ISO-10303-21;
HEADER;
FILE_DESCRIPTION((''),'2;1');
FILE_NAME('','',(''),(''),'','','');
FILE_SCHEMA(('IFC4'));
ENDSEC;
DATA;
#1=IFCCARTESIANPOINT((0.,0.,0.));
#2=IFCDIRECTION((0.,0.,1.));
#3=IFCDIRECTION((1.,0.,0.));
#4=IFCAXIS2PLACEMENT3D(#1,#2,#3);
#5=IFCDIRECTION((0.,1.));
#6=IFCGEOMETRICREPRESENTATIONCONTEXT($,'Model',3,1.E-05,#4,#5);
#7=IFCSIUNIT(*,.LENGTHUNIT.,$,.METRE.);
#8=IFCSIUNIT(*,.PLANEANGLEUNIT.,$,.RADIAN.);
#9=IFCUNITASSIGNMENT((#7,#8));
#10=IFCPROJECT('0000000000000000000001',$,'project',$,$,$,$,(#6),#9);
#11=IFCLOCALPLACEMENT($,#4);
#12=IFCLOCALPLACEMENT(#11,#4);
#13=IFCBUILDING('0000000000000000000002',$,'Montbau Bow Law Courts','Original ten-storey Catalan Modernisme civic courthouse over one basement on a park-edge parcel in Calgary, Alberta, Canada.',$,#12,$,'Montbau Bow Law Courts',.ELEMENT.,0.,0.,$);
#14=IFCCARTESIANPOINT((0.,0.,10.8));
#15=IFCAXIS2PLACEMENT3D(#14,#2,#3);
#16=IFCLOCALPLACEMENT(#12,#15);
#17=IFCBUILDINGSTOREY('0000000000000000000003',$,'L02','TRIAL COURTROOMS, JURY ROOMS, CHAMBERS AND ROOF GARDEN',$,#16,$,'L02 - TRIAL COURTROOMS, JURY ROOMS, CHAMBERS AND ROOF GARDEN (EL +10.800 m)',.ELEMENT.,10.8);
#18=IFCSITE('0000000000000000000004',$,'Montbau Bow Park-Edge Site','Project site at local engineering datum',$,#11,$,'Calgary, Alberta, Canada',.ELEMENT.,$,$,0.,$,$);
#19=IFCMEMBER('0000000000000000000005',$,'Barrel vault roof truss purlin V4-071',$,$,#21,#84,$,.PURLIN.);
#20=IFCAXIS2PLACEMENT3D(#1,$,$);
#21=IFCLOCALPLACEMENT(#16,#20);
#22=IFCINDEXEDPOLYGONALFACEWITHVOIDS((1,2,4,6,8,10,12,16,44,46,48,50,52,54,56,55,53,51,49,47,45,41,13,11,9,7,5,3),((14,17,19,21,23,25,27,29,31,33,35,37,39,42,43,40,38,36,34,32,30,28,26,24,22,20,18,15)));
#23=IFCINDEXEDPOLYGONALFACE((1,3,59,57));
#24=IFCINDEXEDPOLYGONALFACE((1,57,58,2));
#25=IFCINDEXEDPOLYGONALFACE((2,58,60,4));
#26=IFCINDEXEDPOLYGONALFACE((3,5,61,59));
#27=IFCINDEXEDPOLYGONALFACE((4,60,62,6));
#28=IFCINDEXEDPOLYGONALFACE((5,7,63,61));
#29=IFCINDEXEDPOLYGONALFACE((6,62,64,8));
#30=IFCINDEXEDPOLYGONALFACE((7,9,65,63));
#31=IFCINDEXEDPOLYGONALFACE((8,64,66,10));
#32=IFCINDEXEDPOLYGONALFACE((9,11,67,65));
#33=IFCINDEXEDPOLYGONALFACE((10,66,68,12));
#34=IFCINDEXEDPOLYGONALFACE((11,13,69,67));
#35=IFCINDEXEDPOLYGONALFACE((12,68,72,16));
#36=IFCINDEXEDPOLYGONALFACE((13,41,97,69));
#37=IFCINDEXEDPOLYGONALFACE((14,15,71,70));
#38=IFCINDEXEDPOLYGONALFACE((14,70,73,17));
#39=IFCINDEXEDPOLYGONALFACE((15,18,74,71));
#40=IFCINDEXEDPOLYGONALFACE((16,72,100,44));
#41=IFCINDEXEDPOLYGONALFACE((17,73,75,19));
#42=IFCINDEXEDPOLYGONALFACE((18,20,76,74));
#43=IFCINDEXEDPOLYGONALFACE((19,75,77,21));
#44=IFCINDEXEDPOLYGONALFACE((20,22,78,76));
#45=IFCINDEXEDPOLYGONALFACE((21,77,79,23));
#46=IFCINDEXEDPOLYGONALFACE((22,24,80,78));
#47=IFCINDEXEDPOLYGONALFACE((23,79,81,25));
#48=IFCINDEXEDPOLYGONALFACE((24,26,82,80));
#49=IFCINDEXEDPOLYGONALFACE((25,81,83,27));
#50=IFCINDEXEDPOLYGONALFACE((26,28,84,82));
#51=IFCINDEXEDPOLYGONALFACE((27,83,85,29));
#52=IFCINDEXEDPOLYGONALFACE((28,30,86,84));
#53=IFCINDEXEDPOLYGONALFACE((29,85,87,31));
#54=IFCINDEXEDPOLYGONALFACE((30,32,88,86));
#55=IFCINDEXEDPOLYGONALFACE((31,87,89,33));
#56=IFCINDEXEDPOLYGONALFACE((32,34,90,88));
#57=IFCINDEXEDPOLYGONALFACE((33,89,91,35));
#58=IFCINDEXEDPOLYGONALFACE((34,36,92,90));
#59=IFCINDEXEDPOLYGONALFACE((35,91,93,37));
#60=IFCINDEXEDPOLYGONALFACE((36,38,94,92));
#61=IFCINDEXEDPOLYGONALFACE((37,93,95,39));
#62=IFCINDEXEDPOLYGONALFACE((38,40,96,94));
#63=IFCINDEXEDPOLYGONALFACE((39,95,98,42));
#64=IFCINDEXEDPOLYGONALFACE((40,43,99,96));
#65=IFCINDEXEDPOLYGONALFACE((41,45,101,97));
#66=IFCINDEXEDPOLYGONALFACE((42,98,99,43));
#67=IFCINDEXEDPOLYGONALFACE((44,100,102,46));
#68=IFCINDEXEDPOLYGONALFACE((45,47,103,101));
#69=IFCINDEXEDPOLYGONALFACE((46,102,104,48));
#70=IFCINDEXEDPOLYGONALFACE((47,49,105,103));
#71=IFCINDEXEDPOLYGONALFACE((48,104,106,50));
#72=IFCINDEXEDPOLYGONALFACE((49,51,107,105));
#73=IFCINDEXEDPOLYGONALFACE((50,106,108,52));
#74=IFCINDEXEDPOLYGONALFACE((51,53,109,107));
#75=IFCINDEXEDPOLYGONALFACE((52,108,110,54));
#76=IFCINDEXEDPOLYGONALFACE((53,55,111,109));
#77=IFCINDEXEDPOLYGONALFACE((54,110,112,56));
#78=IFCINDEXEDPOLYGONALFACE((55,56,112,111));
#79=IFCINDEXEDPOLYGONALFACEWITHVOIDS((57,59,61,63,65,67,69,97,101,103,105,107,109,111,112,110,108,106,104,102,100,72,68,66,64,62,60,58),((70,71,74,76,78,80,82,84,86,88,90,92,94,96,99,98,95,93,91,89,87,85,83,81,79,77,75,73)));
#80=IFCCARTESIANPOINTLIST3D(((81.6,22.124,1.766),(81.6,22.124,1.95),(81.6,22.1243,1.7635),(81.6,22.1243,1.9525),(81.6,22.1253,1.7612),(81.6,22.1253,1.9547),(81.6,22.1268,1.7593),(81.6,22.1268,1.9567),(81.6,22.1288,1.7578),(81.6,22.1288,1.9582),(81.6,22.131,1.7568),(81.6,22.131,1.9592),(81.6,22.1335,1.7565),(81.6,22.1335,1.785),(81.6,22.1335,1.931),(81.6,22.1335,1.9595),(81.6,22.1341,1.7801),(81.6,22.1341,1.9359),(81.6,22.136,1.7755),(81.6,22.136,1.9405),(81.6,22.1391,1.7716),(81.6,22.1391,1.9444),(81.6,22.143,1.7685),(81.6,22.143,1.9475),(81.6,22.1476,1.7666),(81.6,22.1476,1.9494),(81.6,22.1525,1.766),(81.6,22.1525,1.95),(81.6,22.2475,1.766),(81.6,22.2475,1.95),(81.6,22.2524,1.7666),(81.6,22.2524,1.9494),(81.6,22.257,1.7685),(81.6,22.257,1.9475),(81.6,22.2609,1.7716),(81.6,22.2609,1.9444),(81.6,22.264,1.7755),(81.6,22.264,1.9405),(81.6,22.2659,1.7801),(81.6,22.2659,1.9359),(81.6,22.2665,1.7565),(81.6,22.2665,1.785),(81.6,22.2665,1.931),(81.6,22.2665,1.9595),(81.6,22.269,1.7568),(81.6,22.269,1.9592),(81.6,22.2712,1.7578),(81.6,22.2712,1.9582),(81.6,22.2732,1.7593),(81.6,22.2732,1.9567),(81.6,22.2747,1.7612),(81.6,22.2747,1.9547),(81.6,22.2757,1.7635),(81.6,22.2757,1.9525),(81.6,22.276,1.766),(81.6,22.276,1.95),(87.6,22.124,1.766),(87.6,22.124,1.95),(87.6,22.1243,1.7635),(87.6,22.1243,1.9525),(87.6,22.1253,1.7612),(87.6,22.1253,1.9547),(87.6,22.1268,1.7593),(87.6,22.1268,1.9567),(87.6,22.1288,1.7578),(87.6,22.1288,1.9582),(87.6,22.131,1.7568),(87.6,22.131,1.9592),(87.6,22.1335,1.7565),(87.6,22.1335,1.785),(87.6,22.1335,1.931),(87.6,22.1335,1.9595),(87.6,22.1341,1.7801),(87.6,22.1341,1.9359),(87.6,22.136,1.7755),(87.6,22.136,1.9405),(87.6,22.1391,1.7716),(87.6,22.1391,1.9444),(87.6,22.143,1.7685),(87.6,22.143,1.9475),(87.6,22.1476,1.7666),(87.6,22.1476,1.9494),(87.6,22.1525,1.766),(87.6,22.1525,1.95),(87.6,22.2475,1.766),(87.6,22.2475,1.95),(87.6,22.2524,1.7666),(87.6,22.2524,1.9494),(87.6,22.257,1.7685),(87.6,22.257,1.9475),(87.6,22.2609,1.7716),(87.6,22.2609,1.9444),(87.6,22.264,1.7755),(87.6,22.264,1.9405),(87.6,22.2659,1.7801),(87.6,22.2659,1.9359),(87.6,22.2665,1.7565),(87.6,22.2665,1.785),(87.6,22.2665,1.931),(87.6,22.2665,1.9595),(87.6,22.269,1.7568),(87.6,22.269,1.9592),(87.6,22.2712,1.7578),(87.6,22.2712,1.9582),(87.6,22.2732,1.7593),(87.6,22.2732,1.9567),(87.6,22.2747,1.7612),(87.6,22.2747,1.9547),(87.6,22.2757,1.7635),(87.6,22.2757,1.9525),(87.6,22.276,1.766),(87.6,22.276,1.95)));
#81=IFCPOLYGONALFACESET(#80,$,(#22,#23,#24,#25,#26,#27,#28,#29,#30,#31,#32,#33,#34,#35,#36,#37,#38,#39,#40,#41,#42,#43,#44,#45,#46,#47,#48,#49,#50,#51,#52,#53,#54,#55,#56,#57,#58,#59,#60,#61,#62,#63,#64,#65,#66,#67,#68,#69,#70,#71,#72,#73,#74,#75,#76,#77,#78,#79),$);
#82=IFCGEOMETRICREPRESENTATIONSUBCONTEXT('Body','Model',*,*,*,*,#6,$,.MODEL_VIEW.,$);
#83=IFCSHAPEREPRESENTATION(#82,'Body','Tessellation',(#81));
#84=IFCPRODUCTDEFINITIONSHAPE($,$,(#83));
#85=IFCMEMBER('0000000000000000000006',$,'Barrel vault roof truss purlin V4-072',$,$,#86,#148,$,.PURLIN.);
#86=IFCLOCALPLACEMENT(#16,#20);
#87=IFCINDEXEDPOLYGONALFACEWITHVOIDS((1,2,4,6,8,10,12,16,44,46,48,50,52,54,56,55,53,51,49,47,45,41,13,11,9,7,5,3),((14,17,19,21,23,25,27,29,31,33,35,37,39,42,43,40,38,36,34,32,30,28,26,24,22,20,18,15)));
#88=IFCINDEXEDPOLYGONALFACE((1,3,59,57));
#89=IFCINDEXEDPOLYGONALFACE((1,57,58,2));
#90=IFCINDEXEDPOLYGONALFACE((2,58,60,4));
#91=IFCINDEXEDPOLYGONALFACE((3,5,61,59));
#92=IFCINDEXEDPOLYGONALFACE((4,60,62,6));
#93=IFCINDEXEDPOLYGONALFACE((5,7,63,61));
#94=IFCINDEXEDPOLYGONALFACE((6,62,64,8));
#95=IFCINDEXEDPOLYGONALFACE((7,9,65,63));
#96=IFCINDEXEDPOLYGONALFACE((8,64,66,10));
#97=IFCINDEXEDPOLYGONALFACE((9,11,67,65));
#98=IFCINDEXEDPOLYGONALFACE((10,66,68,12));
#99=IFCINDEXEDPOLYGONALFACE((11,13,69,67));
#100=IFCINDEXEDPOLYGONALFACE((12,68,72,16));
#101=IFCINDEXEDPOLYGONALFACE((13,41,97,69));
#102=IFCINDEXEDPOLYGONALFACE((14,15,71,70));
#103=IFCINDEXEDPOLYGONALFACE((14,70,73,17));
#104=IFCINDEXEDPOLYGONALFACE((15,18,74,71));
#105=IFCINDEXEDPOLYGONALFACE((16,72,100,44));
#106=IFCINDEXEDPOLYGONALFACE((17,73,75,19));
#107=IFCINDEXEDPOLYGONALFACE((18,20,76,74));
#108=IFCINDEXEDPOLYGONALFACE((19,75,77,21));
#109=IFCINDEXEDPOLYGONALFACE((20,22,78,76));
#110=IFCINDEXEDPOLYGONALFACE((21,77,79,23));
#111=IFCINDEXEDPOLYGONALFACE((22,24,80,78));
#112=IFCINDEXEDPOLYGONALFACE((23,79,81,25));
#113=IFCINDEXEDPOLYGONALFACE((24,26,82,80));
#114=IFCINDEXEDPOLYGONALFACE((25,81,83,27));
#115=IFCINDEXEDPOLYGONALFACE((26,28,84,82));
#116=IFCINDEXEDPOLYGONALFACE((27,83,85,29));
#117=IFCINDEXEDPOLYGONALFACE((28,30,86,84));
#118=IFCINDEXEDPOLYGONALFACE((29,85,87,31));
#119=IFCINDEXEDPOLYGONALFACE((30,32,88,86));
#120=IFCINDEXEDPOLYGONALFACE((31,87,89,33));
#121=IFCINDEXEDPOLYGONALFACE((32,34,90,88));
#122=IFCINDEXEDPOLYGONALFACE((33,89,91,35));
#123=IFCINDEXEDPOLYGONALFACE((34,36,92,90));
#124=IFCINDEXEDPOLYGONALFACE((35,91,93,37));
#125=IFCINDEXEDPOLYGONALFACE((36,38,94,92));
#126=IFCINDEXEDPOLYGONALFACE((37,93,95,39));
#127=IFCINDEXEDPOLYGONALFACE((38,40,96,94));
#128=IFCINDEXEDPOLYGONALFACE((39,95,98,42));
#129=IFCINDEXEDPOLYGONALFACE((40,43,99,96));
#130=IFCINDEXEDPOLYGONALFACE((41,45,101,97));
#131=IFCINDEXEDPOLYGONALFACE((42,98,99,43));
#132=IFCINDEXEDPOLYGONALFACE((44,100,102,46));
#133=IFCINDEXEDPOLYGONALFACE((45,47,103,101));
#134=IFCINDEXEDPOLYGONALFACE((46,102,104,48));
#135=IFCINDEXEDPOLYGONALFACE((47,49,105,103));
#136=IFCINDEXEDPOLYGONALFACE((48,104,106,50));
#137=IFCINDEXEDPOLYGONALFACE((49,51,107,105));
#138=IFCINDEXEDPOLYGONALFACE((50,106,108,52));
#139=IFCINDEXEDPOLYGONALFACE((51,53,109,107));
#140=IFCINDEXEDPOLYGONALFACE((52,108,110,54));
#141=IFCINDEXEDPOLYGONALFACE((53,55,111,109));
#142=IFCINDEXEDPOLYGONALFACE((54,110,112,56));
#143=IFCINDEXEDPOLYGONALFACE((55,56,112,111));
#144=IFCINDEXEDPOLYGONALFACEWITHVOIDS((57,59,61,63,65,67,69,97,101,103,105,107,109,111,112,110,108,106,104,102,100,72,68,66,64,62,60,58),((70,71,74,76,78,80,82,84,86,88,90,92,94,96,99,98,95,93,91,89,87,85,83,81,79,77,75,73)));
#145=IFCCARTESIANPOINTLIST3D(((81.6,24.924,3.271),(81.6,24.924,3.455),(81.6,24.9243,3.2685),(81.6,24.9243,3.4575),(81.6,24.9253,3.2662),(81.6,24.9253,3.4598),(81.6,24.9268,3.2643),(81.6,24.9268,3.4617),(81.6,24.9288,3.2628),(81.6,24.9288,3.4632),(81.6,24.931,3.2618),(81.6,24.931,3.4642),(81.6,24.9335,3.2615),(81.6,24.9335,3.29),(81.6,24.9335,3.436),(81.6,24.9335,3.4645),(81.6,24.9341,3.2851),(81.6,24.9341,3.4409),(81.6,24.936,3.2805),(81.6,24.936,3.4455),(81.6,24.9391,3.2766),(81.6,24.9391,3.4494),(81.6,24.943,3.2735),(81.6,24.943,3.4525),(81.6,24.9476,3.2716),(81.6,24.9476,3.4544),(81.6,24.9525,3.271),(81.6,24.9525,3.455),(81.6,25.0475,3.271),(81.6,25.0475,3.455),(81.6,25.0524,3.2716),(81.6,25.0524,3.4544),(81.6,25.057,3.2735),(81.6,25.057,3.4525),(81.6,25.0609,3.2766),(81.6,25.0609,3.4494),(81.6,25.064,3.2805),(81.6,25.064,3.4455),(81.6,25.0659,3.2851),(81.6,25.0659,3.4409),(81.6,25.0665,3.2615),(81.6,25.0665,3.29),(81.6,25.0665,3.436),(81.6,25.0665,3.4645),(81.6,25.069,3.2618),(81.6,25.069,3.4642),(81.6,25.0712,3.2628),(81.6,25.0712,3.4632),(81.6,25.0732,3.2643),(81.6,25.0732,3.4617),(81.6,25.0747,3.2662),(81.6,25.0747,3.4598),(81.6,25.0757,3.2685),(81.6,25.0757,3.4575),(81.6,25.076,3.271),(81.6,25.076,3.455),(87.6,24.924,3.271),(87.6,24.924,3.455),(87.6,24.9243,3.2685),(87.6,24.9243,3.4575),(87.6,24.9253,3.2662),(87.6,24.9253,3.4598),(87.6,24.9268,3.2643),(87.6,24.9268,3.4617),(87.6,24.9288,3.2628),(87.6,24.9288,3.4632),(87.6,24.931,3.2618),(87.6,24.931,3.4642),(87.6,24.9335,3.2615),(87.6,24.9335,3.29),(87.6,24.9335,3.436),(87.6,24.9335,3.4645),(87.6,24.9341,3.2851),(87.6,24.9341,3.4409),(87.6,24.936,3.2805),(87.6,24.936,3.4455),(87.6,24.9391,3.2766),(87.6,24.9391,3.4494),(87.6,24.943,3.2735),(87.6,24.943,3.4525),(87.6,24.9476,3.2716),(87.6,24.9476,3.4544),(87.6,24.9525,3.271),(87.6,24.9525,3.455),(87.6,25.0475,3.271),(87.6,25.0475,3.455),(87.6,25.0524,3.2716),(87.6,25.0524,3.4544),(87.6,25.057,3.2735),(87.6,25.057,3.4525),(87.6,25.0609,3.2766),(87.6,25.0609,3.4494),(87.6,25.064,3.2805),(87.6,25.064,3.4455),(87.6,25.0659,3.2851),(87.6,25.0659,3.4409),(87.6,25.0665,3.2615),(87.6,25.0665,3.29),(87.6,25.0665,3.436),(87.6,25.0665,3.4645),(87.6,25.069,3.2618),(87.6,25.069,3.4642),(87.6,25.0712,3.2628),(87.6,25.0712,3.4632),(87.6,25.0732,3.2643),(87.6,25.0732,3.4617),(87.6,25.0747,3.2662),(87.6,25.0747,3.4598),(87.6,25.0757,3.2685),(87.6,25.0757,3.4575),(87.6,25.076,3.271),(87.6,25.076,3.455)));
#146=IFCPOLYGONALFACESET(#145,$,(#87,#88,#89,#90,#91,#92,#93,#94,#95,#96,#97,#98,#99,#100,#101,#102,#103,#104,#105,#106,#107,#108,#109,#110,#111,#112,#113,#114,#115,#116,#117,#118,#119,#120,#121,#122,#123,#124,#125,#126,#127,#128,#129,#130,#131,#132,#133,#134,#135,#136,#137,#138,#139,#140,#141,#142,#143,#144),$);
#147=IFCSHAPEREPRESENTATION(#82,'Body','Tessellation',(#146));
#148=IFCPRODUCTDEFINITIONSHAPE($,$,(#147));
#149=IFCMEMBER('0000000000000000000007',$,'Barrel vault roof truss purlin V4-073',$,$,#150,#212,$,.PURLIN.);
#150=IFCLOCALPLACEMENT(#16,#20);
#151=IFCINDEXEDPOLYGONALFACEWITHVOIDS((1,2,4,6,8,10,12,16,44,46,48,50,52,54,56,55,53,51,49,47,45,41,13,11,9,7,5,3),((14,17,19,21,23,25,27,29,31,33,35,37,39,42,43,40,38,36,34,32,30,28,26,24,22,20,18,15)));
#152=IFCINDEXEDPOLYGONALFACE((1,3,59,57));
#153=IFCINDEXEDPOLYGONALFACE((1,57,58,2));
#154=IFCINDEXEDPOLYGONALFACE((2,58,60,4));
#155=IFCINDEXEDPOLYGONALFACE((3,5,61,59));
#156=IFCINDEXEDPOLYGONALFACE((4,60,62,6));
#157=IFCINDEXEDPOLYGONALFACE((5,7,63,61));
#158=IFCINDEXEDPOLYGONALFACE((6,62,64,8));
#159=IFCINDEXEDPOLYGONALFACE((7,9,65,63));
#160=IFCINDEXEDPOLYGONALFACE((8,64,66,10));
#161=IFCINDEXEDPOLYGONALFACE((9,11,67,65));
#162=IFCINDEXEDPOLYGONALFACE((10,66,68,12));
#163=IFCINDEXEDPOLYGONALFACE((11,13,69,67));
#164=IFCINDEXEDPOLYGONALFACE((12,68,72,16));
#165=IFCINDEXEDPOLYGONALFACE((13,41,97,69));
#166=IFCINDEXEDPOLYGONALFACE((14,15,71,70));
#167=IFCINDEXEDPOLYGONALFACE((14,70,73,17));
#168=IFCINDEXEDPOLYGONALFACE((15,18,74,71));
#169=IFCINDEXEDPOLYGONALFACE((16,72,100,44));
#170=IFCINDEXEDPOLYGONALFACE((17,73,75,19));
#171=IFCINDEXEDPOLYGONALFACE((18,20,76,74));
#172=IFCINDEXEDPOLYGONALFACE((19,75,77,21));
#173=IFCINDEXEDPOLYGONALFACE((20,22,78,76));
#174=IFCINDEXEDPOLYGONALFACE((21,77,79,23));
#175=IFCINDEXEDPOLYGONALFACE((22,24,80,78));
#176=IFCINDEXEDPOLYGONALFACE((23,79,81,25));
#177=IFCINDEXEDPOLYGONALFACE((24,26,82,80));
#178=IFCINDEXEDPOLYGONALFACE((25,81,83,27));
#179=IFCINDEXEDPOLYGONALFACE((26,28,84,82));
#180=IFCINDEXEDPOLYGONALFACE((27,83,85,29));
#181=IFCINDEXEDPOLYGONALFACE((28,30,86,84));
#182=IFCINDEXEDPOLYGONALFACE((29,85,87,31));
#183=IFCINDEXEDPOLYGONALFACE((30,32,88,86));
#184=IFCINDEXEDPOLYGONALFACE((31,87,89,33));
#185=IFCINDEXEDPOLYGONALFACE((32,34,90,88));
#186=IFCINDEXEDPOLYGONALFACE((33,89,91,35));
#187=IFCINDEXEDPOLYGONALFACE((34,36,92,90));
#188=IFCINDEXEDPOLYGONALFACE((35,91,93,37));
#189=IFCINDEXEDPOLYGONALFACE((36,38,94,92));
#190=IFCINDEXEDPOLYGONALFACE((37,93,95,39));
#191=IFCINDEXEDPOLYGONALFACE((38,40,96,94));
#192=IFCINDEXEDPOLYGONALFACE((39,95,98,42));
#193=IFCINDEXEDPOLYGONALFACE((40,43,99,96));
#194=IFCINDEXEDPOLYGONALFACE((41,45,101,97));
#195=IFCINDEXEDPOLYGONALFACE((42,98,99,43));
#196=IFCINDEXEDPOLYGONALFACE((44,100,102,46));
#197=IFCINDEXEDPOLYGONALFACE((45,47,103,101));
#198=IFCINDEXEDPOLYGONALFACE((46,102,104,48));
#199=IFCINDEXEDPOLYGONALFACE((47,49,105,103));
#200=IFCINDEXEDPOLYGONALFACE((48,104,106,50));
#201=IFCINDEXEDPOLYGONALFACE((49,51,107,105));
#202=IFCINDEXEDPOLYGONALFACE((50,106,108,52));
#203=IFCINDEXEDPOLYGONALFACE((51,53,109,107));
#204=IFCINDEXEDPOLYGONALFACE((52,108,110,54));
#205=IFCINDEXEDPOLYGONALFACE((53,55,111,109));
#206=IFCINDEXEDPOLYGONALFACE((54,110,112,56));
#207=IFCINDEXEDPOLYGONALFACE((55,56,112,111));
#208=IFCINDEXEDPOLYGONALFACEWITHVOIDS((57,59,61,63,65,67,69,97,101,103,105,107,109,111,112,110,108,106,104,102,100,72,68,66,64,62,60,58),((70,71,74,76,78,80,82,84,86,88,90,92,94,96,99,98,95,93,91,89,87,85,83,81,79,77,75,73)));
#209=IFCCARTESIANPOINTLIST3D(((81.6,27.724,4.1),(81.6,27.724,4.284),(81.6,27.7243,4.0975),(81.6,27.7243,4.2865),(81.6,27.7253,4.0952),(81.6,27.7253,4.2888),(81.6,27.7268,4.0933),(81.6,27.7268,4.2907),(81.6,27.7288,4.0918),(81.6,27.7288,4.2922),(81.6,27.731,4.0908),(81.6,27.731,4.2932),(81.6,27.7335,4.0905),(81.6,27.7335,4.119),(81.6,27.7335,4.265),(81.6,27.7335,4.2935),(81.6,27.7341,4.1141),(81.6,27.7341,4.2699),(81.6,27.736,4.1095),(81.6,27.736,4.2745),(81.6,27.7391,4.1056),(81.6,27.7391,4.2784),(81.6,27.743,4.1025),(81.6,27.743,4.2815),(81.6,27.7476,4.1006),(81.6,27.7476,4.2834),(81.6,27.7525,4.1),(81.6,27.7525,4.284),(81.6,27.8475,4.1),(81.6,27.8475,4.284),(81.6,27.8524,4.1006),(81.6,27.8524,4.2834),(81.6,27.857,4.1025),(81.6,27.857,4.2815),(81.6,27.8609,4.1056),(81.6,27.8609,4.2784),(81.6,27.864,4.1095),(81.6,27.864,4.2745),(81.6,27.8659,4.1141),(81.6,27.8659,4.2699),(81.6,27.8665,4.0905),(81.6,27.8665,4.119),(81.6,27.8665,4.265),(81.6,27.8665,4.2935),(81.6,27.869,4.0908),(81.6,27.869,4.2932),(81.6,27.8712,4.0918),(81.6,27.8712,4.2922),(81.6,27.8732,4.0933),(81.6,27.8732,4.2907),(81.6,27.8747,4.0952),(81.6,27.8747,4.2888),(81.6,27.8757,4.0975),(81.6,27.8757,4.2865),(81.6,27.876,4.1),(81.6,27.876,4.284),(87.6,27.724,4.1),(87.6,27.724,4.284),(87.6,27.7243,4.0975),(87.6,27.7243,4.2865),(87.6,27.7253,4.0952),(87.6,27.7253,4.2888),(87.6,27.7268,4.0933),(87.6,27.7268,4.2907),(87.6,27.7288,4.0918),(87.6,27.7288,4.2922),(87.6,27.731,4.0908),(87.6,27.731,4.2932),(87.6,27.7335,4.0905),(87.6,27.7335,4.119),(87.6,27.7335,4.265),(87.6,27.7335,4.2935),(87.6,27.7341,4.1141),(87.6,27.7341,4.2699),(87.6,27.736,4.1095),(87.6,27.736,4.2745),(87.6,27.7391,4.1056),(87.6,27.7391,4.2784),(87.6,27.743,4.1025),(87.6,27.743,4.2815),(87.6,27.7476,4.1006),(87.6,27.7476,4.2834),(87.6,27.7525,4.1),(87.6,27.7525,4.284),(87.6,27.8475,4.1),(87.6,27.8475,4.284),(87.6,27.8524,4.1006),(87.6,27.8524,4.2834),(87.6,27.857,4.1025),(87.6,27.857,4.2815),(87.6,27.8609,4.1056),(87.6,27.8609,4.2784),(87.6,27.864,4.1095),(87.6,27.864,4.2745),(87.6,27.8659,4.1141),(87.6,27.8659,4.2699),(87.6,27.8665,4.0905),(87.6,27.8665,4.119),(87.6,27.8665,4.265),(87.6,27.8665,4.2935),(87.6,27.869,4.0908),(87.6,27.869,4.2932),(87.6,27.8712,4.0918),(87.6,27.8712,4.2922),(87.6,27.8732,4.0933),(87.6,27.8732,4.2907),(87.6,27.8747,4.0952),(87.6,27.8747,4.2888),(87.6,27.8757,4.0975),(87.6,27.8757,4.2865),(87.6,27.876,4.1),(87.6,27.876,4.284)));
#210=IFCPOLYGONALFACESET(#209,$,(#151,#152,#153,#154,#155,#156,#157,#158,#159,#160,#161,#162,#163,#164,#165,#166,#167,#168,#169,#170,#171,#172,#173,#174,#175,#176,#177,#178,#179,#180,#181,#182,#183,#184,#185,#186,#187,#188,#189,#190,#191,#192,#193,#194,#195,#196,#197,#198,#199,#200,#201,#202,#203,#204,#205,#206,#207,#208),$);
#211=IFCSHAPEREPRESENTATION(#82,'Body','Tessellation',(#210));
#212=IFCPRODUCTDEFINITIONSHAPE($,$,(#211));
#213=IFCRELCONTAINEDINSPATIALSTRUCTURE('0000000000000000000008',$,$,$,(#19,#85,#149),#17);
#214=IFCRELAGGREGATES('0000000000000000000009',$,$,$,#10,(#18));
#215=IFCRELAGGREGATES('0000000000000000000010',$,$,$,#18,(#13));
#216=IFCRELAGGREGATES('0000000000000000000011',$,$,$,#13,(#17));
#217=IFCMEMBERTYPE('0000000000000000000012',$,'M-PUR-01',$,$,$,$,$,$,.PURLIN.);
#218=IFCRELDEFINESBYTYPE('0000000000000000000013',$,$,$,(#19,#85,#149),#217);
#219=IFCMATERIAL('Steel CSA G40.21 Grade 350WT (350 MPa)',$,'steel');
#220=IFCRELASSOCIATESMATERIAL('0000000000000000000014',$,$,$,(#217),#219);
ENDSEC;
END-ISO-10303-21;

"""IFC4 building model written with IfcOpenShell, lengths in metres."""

from ifc_helpers import new_model, si_unit, direction, frame, origin_with_axes, origin_2d_with_axis, place, context, subcontext, project, spatial, hollow_rectangle, extrude, material, material_profile, profile_set, type_object, element, save


model = new_model("IFC4")

# Units and contexts
model_context = context("Model", 3, precision=1e-05, world=origin_with_axes(), true_north=direction((0.0, 1.0)))
body_context = subcontext(model_context, "Body", "Model", "MODEL_VIEW")
ifc_project = project(units=[si_unit("LENGTHUNIT", "METRE"), si_unit("PLANEANGLEUNIT", "RADIAN")], contexts=[model_context])

# Site, building, storey
site_placement = place(None, origin_with_axes())
site = spatial("IfcSite", under=ifc_project, at=site_placement, Name="Montbau Bow Park-Edge Site", Description="Project site at local engineering datum", LongName="Calgary, Alberta, Canada", CompositionType="ELEMENT", RefElevation=0.0)
building_placement = place(site_placement, origin_with_axes())
building = spatial("IfcBuilding", under=site, at=building_placement, Name="Montbau Bow Law Courts", Description="Original ten-storey Catalan Modernisme civic courthouse over one basement on a park-edge parcel in Calgary, Alberta, Canada.", LongName="Montbau Bow Law Courts", CompositionType="ELEMENT", ElevationOfRefHeight=0.0, ElevationOfTerrain=0.0)
storey_placement = place(building_placement, frame((0.0, 0.0, 10.8), z_axis=(0.0, 0.0, 1.0), x_axis=(1.0, 0.0, 0.0)))
storey = spatial("IfcBuildingStorey", under=building, at=storey_placement, Name="L02", Description="TRIAL COURTROOMS, JURY ROOMS, CHAMBERS AND ROOF GARDEN", LongName="L02 - TRIAL COURTROOMS, JURY ROOMS, CHAMBERS AND ROOF GARDEN (EL +10.800 m)", CompositionType="ELEMENT", Elevation=10.8)

# Shared definitions
ifc_material_1 = material(Name="Steel CSA G40.21 Grade 350WT (350 MPa)", Category="steel")

# Members
ifc_material_profile_1 = material_profile(ifc_material_1, hollow_rectangle(XDim=0.152, YDim=0.203, WallThickness=0.0095, InnerFilletRadius=0.019, OuterFilletRadius=0.0095, at=origin_2d_with_axis()), Name="HSS203X152X9.5", Category="Main", Priority=0)
ifc_profile_set_1 = profile_set([ifc_material_profile_1], Name="Steel CSA G40.21 Grade 350WT (350 MPa)")
member_type_1 = type_object("IfcMemberType", Name="M-PUR-01", PredefinedType="PURLIN", material=ifc_profile_set_1)
for number, where, z_axis, x_axis, name in (
    (1, (81.6, 22.2, 12.658), (1.0, 0.0, 0.0), (0.0, 1.0, 0.0), "Barrel vault roof truss purlin V4-071"),
    (2, (81.6, 25.0, 14.163), (1.0, 0.0, 0.0), (0.0, 1.0, 0.0), "Barrel vault roof truss purlin V4-072"),
    (3, (81.6, 27.8, 14.992), (1.0, 0.0, 0.0), (0.0, 1.0, 0.0), "Barrel vault roof truss purlin V4-073"),
):
    element("IfcMember", number, at=place(None, frame(where, z_axis=z_axis, x_axis=x_axis)), inside=storey, type_object=member_type_1, Name=name, PredefinedType="PURLIN", context=body_context, shape_type="SweptSolid", body=[
        extrude(hollow_rectangle(XDim=0.152, YDim=0.203, WallThickness=0.0095, InnerFilletRadius=0.019, OuterFilletRadius=0.0095, at=origin_2d_with_axis()), origin_with_axes(), (0.0, 0.0, 1.0), 6.0),
    ])

save(model, "model.ifc")
